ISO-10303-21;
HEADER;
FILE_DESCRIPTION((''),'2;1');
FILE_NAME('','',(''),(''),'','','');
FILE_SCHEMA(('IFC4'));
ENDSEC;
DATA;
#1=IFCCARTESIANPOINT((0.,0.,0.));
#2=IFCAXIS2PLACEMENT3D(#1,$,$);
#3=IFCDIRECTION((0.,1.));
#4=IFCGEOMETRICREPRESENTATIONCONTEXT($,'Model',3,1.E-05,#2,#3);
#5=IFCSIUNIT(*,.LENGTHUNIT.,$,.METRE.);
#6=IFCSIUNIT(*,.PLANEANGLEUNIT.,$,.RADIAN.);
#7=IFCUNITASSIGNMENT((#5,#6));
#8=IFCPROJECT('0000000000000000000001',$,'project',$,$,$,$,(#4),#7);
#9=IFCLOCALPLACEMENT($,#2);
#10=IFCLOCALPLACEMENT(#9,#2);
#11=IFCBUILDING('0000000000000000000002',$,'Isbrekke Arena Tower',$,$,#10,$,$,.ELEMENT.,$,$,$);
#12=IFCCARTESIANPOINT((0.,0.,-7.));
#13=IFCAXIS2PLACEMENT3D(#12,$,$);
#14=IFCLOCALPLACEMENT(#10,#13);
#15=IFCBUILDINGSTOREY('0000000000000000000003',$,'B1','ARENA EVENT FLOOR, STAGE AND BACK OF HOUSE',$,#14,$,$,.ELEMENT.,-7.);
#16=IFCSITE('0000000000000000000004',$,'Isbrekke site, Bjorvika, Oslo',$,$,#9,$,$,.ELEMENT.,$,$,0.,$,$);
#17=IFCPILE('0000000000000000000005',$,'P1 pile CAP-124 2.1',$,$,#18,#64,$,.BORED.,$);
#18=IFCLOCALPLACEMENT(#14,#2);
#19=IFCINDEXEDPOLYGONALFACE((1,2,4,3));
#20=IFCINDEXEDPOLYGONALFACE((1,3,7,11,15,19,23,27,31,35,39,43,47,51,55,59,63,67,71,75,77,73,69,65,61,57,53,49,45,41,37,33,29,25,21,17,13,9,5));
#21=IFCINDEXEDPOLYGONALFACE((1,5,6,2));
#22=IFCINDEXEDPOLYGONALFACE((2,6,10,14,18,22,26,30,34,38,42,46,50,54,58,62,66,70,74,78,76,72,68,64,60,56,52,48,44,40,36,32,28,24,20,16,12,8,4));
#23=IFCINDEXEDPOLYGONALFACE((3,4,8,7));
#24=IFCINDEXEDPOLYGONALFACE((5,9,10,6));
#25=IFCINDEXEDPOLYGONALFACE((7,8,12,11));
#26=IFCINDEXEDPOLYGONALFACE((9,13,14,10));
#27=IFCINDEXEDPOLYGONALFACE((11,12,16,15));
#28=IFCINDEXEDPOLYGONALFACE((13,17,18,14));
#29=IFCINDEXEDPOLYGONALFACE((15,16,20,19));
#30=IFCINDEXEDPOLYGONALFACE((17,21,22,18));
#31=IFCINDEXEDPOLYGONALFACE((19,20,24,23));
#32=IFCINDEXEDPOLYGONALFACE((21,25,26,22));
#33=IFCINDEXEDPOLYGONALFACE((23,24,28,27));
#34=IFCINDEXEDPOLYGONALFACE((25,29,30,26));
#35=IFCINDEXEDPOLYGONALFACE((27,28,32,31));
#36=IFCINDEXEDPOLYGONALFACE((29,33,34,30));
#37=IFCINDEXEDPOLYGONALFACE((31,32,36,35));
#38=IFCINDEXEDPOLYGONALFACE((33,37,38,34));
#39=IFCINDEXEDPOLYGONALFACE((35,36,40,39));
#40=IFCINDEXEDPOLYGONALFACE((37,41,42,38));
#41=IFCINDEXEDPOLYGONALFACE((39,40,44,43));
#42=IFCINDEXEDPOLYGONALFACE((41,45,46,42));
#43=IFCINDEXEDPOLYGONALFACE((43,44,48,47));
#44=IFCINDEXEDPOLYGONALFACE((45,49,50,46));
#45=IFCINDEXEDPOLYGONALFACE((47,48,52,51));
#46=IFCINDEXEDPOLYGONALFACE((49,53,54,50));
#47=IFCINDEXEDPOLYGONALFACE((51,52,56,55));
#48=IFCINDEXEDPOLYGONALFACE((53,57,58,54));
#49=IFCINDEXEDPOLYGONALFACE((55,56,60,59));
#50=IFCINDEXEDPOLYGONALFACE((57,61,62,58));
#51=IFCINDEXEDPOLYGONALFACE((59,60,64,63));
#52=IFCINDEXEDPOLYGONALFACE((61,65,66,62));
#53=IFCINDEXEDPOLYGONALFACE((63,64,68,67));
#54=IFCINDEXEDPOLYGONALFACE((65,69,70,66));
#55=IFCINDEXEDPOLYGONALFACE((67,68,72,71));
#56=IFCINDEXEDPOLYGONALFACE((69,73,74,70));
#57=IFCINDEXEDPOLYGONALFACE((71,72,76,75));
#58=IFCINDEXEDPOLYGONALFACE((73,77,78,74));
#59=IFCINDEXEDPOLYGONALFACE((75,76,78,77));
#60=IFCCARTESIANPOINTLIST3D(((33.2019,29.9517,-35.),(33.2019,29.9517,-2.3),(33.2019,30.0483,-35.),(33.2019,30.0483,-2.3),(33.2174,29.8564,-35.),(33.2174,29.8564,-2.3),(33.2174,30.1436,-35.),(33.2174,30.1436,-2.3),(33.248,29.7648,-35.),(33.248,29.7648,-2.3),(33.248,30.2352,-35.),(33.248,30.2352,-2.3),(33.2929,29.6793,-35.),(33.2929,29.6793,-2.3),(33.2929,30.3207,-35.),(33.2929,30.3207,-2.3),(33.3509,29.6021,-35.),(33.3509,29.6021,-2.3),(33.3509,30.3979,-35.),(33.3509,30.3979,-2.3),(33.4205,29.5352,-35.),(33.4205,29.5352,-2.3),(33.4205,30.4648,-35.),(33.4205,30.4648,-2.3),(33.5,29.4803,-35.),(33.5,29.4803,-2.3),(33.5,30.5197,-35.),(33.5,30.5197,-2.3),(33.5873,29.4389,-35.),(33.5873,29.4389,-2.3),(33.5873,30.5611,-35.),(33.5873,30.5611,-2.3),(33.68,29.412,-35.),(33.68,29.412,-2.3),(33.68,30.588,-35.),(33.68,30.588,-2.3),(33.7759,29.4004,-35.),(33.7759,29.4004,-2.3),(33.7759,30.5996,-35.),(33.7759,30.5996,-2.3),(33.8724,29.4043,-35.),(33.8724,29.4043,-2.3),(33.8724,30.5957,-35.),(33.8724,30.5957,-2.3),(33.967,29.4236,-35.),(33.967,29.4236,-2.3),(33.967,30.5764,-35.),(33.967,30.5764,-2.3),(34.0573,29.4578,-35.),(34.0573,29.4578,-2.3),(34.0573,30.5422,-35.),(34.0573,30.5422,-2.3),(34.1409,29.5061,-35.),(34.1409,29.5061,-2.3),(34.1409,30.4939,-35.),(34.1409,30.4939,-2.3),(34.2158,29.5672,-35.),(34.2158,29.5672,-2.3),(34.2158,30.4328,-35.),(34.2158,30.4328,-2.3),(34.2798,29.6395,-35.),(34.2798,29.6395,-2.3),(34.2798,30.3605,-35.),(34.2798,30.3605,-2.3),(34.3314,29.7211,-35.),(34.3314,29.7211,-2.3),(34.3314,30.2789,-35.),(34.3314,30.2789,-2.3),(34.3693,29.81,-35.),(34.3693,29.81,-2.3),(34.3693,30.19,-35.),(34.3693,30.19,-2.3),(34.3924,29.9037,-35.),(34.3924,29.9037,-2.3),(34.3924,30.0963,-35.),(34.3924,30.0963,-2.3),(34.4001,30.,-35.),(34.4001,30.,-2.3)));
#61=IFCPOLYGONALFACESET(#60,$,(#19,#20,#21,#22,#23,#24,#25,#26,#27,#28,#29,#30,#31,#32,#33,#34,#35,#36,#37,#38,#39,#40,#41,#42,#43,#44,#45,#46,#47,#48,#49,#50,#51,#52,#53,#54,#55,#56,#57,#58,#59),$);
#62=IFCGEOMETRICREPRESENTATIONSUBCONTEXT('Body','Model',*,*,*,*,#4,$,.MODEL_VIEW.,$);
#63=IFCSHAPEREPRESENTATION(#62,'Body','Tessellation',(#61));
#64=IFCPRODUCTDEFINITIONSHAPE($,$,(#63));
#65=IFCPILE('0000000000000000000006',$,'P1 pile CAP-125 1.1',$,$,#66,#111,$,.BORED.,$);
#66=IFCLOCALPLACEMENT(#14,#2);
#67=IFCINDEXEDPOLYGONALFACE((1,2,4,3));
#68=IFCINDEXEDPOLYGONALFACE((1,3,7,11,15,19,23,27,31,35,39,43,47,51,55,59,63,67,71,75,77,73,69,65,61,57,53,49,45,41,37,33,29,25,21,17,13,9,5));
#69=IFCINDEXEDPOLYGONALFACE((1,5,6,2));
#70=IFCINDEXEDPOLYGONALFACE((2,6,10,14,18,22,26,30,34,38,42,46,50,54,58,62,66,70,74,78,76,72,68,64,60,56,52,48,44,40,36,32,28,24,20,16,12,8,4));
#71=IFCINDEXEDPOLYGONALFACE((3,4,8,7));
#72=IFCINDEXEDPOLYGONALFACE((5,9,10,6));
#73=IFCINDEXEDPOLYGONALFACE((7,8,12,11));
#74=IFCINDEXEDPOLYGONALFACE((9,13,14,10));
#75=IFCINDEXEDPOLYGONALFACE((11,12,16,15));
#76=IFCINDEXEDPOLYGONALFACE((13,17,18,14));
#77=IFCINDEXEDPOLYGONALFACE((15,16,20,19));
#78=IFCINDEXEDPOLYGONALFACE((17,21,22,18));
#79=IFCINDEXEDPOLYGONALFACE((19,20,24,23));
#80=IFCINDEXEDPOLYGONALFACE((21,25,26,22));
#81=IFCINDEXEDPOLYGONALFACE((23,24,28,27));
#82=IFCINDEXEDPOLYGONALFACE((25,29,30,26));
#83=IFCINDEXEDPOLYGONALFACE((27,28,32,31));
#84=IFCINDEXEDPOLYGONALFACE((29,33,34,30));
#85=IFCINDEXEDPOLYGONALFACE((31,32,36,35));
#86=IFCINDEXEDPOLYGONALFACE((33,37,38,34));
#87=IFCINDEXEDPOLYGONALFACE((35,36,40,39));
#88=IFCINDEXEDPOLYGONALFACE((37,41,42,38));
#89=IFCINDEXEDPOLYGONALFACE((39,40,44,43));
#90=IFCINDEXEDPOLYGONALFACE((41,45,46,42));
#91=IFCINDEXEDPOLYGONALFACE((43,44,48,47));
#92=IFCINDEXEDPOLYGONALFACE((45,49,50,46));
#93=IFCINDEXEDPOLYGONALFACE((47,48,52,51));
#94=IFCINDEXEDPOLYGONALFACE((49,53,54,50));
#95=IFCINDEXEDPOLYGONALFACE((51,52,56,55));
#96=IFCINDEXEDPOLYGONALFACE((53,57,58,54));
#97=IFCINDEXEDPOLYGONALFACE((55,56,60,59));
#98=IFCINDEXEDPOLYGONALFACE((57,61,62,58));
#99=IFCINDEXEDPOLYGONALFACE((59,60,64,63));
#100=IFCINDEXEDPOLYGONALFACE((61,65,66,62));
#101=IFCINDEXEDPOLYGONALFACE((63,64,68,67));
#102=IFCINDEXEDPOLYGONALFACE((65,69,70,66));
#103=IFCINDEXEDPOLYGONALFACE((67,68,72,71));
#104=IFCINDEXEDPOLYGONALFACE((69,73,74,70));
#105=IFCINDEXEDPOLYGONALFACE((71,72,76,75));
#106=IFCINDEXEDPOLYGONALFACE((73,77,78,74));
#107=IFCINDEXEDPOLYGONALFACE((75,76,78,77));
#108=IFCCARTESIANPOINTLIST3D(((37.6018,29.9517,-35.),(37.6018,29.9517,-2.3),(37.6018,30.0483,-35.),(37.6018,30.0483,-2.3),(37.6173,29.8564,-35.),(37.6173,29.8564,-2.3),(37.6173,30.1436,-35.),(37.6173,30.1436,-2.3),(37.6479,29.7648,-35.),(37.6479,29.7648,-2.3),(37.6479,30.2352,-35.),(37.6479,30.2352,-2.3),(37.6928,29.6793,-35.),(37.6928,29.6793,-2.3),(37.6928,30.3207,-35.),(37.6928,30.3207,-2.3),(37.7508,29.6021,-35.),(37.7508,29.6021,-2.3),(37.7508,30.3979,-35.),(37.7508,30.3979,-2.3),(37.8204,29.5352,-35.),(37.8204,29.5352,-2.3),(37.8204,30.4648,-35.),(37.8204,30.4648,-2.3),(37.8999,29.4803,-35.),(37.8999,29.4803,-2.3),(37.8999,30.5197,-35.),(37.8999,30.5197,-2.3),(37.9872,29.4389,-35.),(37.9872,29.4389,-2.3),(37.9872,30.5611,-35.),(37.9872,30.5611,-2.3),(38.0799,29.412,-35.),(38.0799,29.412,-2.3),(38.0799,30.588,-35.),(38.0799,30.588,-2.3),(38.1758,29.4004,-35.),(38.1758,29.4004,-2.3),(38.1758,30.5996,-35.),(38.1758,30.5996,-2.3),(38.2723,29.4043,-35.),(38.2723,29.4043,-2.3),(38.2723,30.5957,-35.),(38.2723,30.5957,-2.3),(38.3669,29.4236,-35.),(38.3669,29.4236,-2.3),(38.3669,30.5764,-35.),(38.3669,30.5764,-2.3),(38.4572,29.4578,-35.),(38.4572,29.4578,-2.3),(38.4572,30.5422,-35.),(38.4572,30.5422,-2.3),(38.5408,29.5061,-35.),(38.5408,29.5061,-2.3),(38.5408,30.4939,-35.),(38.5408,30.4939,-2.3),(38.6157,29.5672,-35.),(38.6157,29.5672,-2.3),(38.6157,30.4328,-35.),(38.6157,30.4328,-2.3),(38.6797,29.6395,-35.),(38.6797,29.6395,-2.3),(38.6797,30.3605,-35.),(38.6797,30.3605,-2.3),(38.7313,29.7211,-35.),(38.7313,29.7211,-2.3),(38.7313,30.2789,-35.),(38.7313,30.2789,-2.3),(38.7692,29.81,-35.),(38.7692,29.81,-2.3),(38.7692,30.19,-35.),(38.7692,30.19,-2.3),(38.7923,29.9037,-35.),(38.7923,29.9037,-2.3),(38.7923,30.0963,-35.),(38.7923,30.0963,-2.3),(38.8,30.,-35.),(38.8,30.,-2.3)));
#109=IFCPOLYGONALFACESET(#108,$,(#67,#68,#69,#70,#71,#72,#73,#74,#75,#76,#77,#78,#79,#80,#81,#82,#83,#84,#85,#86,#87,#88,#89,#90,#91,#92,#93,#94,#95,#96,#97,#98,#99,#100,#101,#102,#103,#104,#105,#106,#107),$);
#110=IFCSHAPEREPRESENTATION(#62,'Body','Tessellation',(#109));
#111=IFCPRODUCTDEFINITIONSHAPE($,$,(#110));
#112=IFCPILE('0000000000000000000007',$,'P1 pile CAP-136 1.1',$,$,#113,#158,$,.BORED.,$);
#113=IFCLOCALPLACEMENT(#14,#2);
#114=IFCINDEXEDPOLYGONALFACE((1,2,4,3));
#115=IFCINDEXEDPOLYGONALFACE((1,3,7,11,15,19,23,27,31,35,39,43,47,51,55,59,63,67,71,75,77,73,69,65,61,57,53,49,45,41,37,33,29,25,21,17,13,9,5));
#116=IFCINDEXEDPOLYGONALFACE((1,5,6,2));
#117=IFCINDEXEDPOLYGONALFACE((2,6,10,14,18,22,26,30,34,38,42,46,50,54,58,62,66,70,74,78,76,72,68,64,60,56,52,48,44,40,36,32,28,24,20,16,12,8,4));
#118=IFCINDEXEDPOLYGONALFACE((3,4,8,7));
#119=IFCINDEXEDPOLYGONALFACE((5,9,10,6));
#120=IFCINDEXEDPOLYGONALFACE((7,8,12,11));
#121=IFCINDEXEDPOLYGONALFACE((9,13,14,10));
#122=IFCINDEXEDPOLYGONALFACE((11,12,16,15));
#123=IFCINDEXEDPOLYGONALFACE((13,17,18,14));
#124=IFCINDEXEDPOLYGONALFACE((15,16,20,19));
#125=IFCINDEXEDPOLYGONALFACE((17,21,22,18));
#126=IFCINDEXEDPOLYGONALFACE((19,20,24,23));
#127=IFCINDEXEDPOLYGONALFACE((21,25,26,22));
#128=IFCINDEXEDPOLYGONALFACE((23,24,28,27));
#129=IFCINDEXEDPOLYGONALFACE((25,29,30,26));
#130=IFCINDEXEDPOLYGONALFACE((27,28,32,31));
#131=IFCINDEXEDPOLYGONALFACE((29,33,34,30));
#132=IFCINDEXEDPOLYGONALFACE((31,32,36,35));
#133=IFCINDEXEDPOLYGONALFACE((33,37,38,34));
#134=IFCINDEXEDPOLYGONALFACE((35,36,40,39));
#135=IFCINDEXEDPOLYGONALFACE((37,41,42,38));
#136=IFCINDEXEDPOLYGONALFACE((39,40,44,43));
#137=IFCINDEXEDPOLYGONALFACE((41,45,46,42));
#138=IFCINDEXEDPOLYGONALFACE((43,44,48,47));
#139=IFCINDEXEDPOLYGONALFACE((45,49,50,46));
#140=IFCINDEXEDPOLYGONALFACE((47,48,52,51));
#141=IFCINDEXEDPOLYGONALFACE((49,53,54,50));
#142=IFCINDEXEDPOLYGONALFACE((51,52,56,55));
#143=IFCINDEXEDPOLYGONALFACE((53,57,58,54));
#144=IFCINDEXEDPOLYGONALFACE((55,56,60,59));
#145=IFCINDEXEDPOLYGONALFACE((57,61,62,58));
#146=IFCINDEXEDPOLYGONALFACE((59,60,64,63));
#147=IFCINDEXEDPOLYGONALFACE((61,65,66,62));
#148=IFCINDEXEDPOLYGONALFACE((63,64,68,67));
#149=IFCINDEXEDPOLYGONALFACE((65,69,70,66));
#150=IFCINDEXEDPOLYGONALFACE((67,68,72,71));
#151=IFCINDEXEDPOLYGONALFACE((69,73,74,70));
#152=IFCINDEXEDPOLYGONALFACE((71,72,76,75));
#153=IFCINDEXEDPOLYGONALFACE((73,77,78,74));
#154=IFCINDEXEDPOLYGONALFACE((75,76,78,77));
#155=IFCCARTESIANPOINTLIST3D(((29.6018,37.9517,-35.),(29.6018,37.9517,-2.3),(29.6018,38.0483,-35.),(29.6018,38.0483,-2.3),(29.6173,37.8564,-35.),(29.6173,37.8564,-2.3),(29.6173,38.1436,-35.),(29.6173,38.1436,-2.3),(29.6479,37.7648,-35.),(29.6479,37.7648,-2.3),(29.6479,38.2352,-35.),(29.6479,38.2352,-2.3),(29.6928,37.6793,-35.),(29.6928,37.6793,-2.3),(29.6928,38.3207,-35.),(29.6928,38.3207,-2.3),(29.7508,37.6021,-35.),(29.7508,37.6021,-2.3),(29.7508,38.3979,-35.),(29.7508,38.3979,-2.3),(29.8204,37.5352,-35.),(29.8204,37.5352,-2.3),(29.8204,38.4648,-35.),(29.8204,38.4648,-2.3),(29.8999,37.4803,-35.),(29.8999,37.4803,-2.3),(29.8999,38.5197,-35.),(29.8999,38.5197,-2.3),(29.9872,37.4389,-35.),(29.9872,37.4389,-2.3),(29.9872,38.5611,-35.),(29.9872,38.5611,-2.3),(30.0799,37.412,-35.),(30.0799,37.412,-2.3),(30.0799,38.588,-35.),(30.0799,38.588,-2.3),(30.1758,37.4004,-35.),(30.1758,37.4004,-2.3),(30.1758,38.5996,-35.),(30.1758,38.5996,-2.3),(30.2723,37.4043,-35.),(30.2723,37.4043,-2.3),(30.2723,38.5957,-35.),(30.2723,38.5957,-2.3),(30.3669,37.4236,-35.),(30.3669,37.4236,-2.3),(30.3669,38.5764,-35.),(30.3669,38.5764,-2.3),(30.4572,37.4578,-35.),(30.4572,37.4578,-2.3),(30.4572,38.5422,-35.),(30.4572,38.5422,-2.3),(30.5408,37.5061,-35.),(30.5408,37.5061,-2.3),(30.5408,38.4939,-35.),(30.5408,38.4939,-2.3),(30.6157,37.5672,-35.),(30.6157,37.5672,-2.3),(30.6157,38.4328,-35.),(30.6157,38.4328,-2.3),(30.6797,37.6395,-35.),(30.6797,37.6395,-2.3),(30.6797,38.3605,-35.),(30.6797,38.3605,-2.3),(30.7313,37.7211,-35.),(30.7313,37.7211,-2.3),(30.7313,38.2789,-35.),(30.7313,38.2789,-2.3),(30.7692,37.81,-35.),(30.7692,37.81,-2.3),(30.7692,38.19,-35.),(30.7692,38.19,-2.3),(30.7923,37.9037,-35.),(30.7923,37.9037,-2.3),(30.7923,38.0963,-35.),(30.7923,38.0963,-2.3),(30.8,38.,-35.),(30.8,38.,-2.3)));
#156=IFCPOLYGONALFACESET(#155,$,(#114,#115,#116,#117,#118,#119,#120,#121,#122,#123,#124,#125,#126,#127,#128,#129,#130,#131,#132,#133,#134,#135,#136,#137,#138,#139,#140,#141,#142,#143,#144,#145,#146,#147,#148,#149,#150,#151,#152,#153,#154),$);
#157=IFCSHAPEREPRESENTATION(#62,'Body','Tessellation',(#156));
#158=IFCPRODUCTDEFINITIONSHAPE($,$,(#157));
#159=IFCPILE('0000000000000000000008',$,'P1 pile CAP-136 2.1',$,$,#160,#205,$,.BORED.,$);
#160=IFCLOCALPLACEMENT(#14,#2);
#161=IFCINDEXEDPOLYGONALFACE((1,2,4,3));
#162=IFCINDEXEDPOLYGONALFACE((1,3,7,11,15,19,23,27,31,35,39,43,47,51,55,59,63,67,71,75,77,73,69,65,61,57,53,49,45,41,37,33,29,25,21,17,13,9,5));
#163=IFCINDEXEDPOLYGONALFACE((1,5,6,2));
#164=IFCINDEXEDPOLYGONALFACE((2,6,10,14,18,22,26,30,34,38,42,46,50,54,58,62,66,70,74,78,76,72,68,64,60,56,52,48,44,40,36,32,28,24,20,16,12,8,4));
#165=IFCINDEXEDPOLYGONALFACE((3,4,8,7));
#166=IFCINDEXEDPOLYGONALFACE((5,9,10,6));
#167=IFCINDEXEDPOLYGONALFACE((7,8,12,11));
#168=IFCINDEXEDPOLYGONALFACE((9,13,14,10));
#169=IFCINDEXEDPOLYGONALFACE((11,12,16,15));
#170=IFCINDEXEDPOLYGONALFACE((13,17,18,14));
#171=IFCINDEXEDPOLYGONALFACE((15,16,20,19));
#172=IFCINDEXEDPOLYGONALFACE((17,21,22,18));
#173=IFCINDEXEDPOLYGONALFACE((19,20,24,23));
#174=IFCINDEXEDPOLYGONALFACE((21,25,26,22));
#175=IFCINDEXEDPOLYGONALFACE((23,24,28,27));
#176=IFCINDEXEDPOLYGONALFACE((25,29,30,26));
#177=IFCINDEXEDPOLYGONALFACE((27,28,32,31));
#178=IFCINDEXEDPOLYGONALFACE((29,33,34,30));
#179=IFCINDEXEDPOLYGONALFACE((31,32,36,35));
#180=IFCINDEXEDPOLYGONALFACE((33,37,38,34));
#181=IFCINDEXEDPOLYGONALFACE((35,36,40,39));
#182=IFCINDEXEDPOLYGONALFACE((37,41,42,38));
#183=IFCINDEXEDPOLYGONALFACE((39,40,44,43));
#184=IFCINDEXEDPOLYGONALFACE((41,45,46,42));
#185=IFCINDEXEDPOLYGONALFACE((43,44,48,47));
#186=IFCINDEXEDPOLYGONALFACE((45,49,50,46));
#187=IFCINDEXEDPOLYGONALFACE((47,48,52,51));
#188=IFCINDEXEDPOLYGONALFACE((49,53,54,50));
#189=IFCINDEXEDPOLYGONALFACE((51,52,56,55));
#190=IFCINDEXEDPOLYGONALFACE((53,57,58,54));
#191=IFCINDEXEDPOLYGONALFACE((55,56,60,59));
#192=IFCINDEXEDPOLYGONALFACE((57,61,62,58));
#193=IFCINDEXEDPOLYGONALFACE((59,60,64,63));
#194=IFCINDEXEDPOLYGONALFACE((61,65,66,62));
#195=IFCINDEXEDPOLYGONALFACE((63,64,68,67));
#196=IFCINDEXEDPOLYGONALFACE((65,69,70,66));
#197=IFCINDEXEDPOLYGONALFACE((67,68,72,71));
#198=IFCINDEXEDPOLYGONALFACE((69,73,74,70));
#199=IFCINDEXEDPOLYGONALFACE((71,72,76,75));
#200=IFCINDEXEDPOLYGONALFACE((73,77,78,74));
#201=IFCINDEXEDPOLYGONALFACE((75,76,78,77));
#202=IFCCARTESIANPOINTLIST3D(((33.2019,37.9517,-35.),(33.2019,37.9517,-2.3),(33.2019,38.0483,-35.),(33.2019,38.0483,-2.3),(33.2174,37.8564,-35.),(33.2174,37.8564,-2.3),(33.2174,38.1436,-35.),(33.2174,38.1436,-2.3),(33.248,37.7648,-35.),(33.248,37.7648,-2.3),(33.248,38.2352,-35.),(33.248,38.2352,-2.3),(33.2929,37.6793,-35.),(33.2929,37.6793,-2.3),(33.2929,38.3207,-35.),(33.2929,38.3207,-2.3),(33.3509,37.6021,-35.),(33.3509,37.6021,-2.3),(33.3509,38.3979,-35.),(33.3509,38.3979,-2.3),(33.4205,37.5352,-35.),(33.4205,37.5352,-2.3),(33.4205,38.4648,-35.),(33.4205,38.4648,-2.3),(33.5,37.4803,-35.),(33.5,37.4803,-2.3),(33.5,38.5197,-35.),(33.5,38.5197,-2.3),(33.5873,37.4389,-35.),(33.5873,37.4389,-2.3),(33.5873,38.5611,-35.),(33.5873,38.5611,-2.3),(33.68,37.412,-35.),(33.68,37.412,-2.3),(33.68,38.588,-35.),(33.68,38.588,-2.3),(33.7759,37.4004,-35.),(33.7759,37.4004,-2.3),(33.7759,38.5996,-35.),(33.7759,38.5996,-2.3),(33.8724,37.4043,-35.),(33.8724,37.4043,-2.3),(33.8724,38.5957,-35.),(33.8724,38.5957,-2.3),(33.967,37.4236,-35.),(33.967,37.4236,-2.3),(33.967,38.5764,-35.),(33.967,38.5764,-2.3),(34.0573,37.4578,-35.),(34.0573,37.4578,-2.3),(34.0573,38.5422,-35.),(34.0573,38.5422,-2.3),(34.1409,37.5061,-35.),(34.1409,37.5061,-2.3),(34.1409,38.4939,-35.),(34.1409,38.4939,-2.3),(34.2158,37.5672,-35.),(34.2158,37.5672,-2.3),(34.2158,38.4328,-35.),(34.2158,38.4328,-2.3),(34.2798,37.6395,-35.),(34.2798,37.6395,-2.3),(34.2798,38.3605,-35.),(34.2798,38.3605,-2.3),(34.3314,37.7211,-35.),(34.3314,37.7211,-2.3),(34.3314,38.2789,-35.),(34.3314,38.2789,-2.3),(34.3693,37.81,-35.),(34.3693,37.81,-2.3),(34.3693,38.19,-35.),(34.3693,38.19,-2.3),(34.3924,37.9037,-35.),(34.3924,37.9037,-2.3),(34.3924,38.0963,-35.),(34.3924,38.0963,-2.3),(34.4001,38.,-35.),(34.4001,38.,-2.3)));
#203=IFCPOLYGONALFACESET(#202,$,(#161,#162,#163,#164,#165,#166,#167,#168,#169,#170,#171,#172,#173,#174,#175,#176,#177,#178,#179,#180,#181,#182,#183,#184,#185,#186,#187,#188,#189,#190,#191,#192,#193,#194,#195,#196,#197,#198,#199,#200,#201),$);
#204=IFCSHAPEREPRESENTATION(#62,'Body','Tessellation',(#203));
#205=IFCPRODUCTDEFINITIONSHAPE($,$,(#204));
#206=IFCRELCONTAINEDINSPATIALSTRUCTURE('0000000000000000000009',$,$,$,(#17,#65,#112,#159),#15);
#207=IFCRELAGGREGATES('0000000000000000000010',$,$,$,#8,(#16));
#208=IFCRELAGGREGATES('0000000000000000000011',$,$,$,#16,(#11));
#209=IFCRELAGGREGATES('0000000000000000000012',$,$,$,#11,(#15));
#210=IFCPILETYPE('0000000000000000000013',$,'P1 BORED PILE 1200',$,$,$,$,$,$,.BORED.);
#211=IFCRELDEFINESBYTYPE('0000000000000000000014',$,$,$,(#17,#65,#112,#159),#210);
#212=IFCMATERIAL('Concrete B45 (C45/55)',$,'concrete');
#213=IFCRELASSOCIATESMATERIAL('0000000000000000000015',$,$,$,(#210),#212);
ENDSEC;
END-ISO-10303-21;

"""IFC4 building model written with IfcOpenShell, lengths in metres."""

from ifc_helpers import new_model, si_unit, direction, frame, origin, origin_2d, place, context, subcontext, project, spatial, circle, extrude, material, material_profile, profile_set, type_object, element, save


model = new_model("IFC4")

# Units and contexts
model_context = context("Model", 3, precision=1e-05, world=origin(), true_north=direction((0.0, 1.0)))
body_context = subcontext(model_context, "Body", "Model", "MODEL_VIEW")
ifc_project = project(units=[si_unit("LENGTHUNIT", "METRE"), si_unit("PLANEANGLEUNIT", "RADIAN")], contexts=[model_context])

# Site, building, storey
site_placement = place(None, origin())
site = spatial("IfcSite", under=ifc_project, at=site_placement, Name="Isbrekke site, Bjorvika, Oslo", CompositionType="ELEMENT", RefElevation=0.0)
building_placement = place(site_placement, origin())
building = spatial("IfcBuilding", under=site, at=building_placement, Name="Isbrekke Arena Tower", CompositionType="ELEMENT")
storey_placement = place(building_placement, frame((0.0, 0.0, -7.0)))
storey = spatial("IfcBuildingStorey", under=building, at=storey_placement, Name="B1", Description="ARENA EVENT FLOOR, STAGE AND BACK OF HOUSE", CompositionType="ELEMENT", Elevation=-7.0)

# Piles
ifc_material_1 = material(Name="Concrete B45 (C45/55)", Category="concrete")
ifc_material_profile_1 = material_profile(ifc_material_1, circle(Radius=0.6001, at=origin_2d()), Name="BORED PILE D1200")
ifc_profile_set_1 = profile_set([ifc_material_profile_1], Name="Concrete B45 (C45/55)")
pile_type = type_object("IfcPileType", Name="P1 BORED PILE 1200", PredefinedType="BORED", material=ifc_profile_set_1)
for number, where, z_axis, x_axis, name in (
    (1, (33.8, 30.0, -2.3), (0.0, 0.0, -1.0), (1.0, 0.0, 0.0), "P1 pile CAP-124 2.1"),
    (2, (38.2, 30.0, -2.3), (0.0, 0.0, -1.0), (1.0, 0.0, 0.0), "P1 pile CAP-125 1.1"),
    (3, (30.2, 38.0, -2.3), (0.0, 0.0, -1.0), (1.0, 0.0, 0.0), "P1 pile CAP-136 1.1"),
    (4, (33.8, 38.0, -2.3), (0.0, 0.0, -1.0), (1.0, 0.0, 0.0), "P1 pile CAP-136 2.1"),
):
    element("IfcPile", number, at=place(storey_placement, frame(where, z_axis=z_axis, x_axis=x_axis)), inside=storey, type_object=pile_type, Name=name, PredefinedType="BORED", context=body_context, shape_type="SweptSolid", body=[
        extrude(circle(Radius=0.6001, at=origin_2d()), origin(), (0.0, 0.0, 1.0), 32.7),
    ])

save(model, "model.ifc")
